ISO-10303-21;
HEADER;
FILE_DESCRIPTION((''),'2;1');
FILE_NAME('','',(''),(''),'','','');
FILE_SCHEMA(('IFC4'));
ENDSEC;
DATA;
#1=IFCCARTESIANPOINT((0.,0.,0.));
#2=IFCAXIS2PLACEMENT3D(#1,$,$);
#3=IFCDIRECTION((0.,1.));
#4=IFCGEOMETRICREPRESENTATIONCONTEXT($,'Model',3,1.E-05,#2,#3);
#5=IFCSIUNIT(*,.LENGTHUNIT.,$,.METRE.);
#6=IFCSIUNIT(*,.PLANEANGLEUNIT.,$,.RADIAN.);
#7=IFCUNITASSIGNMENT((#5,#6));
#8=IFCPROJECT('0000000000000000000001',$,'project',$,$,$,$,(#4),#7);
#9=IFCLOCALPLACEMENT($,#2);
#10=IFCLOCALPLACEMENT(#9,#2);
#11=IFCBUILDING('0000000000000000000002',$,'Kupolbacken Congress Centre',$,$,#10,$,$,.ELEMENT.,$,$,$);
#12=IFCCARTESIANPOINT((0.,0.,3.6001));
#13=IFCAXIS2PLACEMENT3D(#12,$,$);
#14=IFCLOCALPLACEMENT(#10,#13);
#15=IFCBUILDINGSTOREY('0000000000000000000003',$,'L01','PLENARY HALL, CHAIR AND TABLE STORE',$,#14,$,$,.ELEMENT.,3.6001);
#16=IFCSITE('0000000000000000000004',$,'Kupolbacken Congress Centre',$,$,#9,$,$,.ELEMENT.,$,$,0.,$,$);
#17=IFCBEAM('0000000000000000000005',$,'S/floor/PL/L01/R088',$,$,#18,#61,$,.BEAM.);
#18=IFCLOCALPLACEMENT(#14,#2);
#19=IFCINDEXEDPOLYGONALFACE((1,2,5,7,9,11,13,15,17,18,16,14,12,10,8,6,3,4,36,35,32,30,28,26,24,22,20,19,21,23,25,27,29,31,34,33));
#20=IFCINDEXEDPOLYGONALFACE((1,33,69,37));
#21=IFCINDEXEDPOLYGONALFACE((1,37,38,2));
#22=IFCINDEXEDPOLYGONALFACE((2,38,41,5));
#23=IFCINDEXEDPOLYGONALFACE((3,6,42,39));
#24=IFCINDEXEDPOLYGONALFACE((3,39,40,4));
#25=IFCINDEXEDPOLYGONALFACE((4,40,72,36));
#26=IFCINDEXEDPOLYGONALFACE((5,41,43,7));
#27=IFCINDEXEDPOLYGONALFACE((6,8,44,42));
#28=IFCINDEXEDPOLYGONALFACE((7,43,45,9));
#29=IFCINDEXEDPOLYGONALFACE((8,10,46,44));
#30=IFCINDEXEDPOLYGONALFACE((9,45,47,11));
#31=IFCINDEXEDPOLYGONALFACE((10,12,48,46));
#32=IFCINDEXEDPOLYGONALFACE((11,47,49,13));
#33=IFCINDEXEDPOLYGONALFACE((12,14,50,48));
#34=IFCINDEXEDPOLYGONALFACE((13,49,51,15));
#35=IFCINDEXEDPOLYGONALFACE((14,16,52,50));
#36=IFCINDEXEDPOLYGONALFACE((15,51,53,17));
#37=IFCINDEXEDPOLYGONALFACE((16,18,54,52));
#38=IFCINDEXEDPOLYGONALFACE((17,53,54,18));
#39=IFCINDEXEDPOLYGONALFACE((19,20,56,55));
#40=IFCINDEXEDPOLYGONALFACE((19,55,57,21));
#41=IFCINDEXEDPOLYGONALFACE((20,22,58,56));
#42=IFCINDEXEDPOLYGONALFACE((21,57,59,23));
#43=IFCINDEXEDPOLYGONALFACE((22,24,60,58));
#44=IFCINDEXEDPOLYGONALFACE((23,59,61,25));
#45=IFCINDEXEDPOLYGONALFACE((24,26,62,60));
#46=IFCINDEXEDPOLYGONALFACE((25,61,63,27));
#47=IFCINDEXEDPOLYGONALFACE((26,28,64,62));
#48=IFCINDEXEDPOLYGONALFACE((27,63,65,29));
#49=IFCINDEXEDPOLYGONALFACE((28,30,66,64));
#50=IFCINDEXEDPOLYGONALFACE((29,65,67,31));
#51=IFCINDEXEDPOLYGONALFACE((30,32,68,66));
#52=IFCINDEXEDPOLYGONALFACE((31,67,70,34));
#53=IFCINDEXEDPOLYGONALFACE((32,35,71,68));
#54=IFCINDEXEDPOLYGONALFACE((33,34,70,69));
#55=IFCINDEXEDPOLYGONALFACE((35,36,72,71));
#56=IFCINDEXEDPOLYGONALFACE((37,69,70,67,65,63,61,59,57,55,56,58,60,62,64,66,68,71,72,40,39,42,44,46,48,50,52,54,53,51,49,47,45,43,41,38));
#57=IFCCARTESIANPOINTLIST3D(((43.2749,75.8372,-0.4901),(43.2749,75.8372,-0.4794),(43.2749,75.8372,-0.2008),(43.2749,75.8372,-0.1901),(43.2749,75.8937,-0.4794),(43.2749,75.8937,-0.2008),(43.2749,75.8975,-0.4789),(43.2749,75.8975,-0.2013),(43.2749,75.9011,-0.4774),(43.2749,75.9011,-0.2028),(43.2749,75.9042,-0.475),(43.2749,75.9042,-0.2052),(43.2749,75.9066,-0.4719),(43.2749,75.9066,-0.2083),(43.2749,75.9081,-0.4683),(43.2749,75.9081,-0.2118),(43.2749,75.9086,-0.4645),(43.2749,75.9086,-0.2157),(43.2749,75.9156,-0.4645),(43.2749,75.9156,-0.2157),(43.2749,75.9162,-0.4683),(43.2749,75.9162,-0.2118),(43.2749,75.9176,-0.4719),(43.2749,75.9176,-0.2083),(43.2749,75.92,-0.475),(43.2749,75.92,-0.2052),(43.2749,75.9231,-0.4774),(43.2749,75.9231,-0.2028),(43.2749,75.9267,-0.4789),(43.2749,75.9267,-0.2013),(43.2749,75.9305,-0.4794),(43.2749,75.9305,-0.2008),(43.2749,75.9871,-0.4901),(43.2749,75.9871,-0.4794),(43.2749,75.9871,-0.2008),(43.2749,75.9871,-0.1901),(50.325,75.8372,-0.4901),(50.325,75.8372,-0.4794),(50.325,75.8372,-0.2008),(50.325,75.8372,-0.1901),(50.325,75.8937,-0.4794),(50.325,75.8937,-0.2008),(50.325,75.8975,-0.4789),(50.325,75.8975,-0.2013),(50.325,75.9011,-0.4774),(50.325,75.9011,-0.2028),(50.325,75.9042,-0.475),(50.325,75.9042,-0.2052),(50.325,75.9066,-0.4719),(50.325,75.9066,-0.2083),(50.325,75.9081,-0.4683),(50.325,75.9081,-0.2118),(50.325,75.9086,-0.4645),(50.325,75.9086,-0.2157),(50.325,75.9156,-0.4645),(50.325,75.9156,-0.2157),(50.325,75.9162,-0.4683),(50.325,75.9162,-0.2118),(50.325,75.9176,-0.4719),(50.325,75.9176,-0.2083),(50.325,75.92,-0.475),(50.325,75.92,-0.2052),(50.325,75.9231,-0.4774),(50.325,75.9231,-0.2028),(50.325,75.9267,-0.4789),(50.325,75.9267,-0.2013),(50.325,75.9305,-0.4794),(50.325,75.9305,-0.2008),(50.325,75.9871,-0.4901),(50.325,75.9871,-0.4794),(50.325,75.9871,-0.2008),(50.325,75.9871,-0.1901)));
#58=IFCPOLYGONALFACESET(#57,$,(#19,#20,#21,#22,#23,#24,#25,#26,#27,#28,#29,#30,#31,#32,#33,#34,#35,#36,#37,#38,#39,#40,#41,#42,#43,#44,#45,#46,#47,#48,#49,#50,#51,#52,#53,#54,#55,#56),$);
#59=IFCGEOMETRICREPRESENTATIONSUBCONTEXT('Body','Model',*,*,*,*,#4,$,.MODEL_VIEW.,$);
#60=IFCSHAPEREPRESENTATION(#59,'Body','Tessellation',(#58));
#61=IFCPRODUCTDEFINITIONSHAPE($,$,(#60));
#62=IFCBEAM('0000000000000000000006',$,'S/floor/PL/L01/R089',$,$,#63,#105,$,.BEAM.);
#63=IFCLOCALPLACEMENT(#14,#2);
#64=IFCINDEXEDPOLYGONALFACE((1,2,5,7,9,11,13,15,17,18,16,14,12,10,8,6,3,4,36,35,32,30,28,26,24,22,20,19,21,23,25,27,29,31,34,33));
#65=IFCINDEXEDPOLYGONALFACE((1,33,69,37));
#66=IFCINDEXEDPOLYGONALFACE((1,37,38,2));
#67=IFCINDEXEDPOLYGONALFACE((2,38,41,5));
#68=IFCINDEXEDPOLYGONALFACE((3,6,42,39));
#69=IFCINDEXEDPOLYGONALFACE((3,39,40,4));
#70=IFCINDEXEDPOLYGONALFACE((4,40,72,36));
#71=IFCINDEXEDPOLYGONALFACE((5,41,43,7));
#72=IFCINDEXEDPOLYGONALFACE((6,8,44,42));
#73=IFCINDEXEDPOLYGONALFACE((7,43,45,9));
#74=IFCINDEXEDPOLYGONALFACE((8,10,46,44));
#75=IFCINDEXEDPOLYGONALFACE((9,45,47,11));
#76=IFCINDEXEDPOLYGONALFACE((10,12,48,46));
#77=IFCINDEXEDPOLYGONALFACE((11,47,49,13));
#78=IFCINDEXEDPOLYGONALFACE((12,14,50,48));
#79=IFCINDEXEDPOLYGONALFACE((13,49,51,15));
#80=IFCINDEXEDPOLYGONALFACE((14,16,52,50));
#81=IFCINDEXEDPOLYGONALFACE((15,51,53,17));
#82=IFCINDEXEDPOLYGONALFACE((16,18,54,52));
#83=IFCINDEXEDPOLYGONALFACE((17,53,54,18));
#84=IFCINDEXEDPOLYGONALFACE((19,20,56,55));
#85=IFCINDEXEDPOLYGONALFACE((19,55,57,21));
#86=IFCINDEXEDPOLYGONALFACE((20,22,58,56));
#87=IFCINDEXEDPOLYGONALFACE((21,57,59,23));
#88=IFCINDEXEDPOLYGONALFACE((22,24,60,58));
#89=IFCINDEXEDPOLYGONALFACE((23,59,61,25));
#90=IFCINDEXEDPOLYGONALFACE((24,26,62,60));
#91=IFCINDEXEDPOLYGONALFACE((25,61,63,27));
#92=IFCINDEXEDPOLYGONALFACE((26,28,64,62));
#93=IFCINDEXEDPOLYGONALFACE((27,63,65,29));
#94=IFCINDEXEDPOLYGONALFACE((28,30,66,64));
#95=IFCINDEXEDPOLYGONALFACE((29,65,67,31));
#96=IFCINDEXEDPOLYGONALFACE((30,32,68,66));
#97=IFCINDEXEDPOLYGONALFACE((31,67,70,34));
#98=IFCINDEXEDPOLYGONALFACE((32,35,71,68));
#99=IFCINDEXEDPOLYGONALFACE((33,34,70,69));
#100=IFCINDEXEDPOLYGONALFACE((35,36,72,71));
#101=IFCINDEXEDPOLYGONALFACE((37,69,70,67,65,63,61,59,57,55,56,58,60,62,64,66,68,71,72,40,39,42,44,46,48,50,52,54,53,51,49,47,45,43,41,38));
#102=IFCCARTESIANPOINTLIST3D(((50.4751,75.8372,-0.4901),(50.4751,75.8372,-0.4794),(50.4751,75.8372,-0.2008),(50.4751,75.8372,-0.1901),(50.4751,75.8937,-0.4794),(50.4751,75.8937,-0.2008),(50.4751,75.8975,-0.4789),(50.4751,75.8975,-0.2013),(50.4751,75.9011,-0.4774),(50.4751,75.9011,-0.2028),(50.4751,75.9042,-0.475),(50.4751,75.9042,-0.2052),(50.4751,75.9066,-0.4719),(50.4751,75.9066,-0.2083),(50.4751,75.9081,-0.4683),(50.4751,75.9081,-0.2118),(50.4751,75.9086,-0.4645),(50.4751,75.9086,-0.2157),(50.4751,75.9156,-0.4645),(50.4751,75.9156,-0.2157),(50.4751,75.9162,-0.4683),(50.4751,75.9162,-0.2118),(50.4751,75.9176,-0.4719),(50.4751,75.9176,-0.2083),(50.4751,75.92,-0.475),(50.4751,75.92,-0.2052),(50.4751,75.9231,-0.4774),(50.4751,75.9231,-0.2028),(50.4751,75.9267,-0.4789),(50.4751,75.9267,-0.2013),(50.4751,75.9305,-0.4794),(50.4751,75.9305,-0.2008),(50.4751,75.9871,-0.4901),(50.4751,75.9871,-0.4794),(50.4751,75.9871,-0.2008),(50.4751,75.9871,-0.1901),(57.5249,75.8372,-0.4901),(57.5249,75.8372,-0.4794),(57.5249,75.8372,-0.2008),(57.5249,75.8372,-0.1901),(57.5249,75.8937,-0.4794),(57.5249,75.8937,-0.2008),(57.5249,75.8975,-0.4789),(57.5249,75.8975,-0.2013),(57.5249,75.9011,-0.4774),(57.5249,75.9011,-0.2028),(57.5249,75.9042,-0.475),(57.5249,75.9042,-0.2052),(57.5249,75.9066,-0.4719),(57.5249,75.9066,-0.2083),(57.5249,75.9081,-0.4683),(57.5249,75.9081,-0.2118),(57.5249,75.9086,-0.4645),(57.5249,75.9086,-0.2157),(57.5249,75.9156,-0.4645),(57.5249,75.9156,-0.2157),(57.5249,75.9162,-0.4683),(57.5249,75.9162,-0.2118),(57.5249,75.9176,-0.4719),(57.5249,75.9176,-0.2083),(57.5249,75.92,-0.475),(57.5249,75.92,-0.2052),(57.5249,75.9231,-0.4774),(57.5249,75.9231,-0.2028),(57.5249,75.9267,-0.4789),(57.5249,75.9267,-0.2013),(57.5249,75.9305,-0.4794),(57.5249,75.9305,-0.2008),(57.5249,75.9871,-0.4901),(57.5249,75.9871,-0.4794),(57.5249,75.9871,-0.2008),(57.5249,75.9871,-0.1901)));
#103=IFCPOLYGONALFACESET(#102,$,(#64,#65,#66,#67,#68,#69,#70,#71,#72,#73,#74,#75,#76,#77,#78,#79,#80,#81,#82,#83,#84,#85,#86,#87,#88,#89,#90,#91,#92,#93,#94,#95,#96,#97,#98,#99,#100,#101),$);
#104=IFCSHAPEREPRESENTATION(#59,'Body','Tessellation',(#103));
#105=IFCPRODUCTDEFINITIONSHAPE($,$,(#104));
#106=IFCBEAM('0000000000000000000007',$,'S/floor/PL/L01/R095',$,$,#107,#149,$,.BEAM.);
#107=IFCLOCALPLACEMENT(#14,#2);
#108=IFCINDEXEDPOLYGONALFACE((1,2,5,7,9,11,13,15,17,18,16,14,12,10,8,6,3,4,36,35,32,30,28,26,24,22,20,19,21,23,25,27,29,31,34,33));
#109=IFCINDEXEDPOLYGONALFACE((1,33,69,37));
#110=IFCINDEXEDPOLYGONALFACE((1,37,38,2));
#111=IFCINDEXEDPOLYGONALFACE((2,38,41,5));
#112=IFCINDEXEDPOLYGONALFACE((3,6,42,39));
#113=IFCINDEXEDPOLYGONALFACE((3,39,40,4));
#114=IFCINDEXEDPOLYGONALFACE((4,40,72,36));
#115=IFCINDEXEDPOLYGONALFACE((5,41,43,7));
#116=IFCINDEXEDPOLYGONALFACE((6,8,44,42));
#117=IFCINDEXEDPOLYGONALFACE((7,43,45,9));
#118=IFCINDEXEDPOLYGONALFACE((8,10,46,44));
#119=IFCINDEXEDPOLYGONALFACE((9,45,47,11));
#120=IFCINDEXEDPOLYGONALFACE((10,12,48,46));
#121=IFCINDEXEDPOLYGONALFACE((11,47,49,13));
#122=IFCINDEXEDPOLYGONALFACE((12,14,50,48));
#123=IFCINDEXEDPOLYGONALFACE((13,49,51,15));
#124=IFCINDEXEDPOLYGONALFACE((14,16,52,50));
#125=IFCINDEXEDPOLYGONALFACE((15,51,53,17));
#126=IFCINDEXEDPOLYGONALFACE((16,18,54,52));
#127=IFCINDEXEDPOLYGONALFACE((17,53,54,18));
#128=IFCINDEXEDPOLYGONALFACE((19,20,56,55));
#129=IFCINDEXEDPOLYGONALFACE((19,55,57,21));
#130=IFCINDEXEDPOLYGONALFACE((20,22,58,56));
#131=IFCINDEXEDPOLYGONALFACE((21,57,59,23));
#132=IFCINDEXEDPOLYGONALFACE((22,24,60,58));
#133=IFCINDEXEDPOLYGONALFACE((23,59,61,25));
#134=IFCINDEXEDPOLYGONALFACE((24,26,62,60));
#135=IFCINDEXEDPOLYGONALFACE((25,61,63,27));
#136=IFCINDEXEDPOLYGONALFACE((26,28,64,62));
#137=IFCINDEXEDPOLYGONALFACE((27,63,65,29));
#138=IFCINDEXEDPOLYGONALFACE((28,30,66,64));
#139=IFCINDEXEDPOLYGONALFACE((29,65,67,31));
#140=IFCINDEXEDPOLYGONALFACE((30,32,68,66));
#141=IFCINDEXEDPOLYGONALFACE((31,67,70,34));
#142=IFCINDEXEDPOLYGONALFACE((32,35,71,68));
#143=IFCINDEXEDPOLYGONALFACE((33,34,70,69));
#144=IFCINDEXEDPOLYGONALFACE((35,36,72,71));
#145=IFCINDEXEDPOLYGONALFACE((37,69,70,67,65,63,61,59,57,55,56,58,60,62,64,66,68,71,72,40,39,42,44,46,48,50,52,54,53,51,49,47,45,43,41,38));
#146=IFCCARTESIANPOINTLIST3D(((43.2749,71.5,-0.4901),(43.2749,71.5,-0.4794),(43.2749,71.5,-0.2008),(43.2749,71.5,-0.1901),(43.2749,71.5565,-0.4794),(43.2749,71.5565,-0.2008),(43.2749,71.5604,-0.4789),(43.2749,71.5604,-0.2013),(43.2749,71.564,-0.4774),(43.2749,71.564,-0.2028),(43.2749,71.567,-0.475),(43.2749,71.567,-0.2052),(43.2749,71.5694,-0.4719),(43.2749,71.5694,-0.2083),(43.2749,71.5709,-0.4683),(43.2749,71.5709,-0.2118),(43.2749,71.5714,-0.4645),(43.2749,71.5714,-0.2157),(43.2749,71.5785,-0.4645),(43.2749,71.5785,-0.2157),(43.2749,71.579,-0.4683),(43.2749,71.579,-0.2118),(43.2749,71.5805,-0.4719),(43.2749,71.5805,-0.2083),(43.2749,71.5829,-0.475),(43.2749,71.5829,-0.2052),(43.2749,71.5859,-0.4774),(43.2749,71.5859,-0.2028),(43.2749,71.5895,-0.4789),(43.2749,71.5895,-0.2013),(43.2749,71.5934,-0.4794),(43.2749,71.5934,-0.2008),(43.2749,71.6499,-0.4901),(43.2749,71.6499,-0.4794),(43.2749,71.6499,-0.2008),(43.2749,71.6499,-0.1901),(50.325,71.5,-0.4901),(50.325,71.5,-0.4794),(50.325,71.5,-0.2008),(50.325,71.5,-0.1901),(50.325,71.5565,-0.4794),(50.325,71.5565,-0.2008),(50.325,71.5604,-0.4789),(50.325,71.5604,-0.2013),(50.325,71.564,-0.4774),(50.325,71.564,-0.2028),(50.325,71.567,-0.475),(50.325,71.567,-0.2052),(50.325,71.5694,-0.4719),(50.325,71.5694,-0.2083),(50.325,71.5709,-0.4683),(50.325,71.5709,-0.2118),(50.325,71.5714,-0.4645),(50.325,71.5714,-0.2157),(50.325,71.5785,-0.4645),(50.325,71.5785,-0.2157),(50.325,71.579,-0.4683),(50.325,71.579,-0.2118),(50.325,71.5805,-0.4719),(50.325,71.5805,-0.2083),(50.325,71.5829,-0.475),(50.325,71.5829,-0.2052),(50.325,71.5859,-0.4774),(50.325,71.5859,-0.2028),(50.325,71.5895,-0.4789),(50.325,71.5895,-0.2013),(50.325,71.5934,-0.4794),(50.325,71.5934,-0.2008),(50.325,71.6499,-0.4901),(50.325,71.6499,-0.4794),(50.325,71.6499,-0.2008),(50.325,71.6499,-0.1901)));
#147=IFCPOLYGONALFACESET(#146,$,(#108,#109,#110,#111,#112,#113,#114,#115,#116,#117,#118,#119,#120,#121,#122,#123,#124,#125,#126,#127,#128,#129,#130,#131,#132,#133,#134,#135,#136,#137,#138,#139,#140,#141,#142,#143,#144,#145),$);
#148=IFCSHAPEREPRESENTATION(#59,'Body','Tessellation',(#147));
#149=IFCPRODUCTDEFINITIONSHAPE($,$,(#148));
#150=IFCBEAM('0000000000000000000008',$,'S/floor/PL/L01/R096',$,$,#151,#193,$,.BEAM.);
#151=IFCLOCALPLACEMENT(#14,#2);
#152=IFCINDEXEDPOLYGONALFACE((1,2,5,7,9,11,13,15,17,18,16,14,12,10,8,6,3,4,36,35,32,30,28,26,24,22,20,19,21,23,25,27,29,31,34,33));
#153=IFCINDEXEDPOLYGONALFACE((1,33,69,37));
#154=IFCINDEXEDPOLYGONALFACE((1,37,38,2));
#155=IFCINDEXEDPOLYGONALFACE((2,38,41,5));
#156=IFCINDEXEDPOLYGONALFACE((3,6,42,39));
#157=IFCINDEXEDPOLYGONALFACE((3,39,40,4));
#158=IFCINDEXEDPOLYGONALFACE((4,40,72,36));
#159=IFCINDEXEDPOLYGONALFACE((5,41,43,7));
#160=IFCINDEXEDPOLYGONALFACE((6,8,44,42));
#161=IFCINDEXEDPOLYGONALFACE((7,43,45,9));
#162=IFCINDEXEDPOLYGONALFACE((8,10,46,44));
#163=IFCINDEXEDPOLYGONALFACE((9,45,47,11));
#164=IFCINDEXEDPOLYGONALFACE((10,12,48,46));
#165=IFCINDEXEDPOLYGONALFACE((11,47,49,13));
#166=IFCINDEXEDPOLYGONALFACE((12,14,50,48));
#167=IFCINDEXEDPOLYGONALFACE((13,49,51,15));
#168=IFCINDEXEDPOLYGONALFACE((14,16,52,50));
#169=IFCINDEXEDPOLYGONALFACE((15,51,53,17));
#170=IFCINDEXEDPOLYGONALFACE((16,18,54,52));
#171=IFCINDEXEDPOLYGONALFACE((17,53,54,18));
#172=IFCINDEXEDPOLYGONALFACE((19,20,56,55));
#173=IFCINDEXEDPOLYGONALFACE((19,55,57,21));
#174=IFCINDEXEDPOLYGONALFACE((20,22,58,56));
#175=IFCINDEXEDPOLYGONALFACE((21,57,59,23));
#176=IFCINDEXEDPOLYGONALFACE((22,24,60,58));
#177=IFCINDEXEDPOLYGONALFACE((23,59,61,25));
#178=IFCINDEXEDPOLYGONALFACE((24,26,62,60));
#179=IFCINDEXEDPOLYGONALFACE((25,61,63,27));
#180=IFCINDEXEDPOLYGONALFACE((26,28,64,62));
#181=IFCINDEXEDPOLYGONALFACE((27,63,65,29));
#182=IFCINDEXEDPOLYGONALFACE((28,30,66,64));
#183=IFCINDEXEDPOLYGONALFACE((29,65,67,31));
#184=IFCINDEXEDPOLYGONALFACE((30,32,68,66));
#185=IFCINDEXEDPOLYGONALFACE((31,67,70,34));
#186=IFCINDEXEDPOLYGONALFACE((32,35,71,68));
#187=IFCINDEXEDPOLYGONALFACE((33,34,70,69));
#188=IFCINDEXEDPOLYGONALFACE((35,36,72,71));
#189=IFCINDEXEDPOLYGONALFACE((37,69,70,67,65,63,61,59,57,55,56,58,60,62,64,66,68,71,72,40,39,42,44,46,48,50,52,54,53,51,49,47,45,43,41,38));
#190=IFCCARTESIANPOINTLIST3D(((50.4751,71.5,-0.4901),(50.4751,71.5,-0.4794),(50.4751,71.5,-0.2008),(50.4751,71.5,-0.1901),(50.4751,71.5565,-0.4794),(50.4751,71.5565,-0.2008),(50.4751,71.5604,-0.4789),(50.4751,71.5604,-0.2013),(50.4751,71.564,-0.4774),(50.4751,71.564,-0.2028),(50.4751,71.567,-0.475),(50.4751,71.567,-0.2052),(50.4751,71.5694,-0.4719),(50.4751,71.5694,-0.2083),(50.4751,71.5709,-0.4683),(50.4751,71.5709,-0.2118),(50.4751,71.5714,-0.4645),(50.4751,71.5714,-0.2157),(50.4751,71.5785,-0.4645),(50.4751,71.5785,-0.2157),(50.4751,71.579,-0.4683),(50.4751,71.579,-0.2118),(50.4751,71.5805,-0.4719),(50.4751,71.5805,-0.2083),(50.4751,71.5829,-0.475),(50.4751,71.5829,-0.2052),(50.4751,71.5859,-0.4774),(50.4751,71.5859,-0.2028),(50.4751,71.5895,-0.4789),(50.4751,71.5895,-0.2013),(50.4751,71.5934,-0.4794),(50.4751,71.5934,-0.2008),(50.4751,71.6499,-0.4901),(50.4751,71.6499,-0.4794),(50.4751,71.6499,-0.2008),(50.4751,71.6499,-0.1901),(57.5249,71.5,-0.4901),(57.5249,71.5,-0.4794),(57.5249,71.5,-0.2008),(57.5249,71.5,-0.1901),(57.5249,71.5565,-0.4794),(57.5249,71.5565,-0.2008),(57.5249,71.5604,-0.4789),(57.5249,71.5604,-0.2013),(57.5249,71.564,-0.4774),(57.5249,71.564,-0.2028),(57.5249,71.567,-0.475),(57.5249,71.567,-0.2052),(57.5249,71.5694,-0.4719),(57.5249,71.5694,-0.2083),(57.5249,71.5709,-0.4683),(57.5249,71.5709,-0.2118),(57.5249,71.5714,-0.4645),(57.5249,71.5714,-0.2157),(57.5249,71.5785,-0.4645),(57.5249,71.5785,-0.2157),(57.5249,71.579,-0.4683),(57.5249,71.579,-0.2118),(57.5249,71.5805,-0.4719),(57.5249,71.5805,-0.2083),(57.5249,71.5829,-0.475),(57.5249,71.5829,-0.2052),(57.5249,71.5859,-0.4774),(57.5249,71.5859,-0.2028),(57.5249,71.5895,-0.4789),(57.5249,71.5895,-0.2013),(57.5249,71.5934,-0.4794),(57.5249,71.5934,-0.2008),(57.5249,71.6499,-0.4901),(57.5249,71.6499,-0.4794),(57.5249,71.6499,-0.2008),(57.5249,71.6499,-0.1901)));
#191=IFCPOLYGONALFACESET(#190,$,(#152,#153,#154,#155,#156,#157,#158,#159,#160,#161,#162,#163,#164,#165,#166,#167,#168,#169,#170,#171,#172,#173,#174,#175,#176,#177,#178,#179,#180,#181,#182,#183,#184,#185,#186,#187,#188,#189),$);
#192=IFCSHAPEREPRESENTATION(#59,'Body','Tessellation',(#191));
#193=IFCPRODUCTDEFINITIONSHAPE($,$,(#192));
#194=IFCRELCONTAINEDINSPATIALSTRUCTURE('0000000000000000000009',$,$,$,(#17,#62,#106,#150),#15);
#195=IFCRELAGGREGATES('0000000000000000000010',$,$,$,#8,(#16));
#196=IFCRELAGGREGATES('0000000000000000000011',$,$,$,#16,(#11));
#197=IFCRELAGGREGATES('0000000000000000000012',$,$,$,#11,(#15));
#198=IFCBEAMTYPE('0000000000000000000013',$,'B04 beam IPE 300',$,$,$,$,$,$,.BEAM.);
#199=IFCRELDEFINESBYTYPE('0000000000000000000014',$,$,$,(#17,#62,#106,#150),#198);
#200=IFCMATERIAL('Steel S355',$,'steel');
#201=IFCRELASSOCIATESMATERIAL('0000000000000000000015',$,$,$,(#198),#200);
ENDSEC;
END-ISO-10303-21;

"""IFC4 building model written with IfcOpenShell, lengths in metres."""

from ifc_helpers import new_model, si_unit, direction, frame, origin, origin_2d, place, context, subcontext, project, spatial, i_section, extrude, material, material_profile, profile_set, type_object, element, save


model = new_model("IFC4")

# Units and contexts
model_context = context("Model", 3, precision=1e-05, world=origin(), true_north=direction((0.0, 1.0)))
body_context = subcontext(model_context, "Body", "Model", "MODEL_VIEW")
ifc_project = project(units=[si_unit("LENGTHUNIT", "METRE"), si_unit("PLANEANGLEUNIT", "RADIAN")], contexts=[model_context])

# Site, building, storey
site_placement = place(None, origin())
site = spatial("IfcSite", under=ifc_project, at=site_placement, Name="Kupolbacken Congress Centre", CompositionType="ELEMENT", RefElevation=0.0)
building_placement = place(site_placement, origin())
building = spatial("IfcBuilding", under=site, at=building_placement, Name="Kupolbacken Congress Centre", CompositionType="ELEMENT")
storey_placement = place(building_placement, frame((0.0, 0.0, 3.6001)))
storey = spatial("IfcBuildingStorey", under=building, at=storey_placement, Name="L01", Description="PLENARY HALL, CHAIR AND TABLE STORE", CompositionType="ELEMENT", Elevation=3.6001)

# Beams
ifc_material_1 = material(Name="Steel S355", Category="steel")
ifc_material_profile_1 = material_profile(ifc_material_1, i_section(OverallWidth=0.1499, OverallDepth=0.3, WebThickness=0.0071, FlangeThickness=0.0107, FilletRadius=0.0149, at=origin_2d()), Name="IPE 300")
ifc_profile_set_1 = profile_set([ifc_material_profile_1], Name="Steel S355")
beam_type_1 = type_object("IfcBeamType", Name="B04 beam IPE 300", PredefinedType="BEAM", material=ifc_profile_set_1)
beam_1_placement = place(storey_placement, frame((43.2749, 75.9121, -0.3401), z_axis=(1.0, 0.0, 0.0), x_axis=(0.0, 1.0, 0.0)))
element("IfcBeam", 1, at=beam_1_placement, inside=storey, type_object=beam_type_1, Name="S/floor/PL/L01/R088", PredefinedType="BEAM", context=body_context, shape_type="SweptSolid", body=[
    extrude(i_section(OverallWidth=0.1499, OverallDepth=0.3, WebThickness=0.0071, FlangeThickness=0.0107, FilletRadius=0.0149, at=origin_2d()), origin(), (0.0, 0.0, 1.0), 7.05),
])
beam_2_placement = place(storey_placement, frame((50.4751, 75.9121, -0.3401), z_axis=(1.0, 0.0, 0.0), x_axis=(0.0, 1.0, 0.0)))
element("IfcBeam", 2, at=beam_2_placement, inside=storey, type_object=beam_type_1, Name="S/floor/PL/L01/R089", PredefinedType="BEAM", context=body_context, shape_type="SweptSolid", body=[
    extrude(i_section(OverallWidth=0.1499, OverallDepth=0.3, WebThickness=0.0071, FlangeThickness=0.0107, FilletRadius=0.0149, at=origin_2d()), origin(), (0.0, 0.0, 1.0), 7.0498),
])
beam_3_placement = place(storey_placement, frame((43.2749, 71.575, -0.3401), z_axis=(1.0, 0.0, 0.0), x_axis=(0.0, 1.0, 0.0)))
element("IfcBeam", 3, at=beam_3_placement, inside=storey, type_object=beam_type_1, Name="S/floor/PL/L01/R095", PredefinedType="BEAM", context=body_context, shape_type="SweptSolid", body=[
    extrude(i_section(OverallWidth=0.1499, OverallDepth=0.3, WebThickness=0.0071, FlangeThickness=0.0107, FilletRadius=0.0149, at=origin_2d()), origin(), (0.0, 0.0, 1.0), 7.05),
])
beam_4_placement = place(storey_placement, frame((50.4751, 71.575, -0.3401), z_axis=(1.0, 0.0, 0.0), x_axis=(0.0, 1.0, 0.0)))
element("IfcBeam", 4, at=beam_4_placement, inside=storey, type_object=beam_type_1, Name="S/floor/PL/L01/R096", PredefinedType="BEAM", context=body_context, shape_type="SweptSolid", body=[
    extrude(i_section(OverallWidth=0.1499, OverallDepth=0.3, WebThickness=0.0071, FlangeThickness=0.0107, FilletRadius=0.0149, at=origin_2d()), origin(), (0.0, 0.0, 1.0), 7.0498),
])

save(model, "model.ifc")
